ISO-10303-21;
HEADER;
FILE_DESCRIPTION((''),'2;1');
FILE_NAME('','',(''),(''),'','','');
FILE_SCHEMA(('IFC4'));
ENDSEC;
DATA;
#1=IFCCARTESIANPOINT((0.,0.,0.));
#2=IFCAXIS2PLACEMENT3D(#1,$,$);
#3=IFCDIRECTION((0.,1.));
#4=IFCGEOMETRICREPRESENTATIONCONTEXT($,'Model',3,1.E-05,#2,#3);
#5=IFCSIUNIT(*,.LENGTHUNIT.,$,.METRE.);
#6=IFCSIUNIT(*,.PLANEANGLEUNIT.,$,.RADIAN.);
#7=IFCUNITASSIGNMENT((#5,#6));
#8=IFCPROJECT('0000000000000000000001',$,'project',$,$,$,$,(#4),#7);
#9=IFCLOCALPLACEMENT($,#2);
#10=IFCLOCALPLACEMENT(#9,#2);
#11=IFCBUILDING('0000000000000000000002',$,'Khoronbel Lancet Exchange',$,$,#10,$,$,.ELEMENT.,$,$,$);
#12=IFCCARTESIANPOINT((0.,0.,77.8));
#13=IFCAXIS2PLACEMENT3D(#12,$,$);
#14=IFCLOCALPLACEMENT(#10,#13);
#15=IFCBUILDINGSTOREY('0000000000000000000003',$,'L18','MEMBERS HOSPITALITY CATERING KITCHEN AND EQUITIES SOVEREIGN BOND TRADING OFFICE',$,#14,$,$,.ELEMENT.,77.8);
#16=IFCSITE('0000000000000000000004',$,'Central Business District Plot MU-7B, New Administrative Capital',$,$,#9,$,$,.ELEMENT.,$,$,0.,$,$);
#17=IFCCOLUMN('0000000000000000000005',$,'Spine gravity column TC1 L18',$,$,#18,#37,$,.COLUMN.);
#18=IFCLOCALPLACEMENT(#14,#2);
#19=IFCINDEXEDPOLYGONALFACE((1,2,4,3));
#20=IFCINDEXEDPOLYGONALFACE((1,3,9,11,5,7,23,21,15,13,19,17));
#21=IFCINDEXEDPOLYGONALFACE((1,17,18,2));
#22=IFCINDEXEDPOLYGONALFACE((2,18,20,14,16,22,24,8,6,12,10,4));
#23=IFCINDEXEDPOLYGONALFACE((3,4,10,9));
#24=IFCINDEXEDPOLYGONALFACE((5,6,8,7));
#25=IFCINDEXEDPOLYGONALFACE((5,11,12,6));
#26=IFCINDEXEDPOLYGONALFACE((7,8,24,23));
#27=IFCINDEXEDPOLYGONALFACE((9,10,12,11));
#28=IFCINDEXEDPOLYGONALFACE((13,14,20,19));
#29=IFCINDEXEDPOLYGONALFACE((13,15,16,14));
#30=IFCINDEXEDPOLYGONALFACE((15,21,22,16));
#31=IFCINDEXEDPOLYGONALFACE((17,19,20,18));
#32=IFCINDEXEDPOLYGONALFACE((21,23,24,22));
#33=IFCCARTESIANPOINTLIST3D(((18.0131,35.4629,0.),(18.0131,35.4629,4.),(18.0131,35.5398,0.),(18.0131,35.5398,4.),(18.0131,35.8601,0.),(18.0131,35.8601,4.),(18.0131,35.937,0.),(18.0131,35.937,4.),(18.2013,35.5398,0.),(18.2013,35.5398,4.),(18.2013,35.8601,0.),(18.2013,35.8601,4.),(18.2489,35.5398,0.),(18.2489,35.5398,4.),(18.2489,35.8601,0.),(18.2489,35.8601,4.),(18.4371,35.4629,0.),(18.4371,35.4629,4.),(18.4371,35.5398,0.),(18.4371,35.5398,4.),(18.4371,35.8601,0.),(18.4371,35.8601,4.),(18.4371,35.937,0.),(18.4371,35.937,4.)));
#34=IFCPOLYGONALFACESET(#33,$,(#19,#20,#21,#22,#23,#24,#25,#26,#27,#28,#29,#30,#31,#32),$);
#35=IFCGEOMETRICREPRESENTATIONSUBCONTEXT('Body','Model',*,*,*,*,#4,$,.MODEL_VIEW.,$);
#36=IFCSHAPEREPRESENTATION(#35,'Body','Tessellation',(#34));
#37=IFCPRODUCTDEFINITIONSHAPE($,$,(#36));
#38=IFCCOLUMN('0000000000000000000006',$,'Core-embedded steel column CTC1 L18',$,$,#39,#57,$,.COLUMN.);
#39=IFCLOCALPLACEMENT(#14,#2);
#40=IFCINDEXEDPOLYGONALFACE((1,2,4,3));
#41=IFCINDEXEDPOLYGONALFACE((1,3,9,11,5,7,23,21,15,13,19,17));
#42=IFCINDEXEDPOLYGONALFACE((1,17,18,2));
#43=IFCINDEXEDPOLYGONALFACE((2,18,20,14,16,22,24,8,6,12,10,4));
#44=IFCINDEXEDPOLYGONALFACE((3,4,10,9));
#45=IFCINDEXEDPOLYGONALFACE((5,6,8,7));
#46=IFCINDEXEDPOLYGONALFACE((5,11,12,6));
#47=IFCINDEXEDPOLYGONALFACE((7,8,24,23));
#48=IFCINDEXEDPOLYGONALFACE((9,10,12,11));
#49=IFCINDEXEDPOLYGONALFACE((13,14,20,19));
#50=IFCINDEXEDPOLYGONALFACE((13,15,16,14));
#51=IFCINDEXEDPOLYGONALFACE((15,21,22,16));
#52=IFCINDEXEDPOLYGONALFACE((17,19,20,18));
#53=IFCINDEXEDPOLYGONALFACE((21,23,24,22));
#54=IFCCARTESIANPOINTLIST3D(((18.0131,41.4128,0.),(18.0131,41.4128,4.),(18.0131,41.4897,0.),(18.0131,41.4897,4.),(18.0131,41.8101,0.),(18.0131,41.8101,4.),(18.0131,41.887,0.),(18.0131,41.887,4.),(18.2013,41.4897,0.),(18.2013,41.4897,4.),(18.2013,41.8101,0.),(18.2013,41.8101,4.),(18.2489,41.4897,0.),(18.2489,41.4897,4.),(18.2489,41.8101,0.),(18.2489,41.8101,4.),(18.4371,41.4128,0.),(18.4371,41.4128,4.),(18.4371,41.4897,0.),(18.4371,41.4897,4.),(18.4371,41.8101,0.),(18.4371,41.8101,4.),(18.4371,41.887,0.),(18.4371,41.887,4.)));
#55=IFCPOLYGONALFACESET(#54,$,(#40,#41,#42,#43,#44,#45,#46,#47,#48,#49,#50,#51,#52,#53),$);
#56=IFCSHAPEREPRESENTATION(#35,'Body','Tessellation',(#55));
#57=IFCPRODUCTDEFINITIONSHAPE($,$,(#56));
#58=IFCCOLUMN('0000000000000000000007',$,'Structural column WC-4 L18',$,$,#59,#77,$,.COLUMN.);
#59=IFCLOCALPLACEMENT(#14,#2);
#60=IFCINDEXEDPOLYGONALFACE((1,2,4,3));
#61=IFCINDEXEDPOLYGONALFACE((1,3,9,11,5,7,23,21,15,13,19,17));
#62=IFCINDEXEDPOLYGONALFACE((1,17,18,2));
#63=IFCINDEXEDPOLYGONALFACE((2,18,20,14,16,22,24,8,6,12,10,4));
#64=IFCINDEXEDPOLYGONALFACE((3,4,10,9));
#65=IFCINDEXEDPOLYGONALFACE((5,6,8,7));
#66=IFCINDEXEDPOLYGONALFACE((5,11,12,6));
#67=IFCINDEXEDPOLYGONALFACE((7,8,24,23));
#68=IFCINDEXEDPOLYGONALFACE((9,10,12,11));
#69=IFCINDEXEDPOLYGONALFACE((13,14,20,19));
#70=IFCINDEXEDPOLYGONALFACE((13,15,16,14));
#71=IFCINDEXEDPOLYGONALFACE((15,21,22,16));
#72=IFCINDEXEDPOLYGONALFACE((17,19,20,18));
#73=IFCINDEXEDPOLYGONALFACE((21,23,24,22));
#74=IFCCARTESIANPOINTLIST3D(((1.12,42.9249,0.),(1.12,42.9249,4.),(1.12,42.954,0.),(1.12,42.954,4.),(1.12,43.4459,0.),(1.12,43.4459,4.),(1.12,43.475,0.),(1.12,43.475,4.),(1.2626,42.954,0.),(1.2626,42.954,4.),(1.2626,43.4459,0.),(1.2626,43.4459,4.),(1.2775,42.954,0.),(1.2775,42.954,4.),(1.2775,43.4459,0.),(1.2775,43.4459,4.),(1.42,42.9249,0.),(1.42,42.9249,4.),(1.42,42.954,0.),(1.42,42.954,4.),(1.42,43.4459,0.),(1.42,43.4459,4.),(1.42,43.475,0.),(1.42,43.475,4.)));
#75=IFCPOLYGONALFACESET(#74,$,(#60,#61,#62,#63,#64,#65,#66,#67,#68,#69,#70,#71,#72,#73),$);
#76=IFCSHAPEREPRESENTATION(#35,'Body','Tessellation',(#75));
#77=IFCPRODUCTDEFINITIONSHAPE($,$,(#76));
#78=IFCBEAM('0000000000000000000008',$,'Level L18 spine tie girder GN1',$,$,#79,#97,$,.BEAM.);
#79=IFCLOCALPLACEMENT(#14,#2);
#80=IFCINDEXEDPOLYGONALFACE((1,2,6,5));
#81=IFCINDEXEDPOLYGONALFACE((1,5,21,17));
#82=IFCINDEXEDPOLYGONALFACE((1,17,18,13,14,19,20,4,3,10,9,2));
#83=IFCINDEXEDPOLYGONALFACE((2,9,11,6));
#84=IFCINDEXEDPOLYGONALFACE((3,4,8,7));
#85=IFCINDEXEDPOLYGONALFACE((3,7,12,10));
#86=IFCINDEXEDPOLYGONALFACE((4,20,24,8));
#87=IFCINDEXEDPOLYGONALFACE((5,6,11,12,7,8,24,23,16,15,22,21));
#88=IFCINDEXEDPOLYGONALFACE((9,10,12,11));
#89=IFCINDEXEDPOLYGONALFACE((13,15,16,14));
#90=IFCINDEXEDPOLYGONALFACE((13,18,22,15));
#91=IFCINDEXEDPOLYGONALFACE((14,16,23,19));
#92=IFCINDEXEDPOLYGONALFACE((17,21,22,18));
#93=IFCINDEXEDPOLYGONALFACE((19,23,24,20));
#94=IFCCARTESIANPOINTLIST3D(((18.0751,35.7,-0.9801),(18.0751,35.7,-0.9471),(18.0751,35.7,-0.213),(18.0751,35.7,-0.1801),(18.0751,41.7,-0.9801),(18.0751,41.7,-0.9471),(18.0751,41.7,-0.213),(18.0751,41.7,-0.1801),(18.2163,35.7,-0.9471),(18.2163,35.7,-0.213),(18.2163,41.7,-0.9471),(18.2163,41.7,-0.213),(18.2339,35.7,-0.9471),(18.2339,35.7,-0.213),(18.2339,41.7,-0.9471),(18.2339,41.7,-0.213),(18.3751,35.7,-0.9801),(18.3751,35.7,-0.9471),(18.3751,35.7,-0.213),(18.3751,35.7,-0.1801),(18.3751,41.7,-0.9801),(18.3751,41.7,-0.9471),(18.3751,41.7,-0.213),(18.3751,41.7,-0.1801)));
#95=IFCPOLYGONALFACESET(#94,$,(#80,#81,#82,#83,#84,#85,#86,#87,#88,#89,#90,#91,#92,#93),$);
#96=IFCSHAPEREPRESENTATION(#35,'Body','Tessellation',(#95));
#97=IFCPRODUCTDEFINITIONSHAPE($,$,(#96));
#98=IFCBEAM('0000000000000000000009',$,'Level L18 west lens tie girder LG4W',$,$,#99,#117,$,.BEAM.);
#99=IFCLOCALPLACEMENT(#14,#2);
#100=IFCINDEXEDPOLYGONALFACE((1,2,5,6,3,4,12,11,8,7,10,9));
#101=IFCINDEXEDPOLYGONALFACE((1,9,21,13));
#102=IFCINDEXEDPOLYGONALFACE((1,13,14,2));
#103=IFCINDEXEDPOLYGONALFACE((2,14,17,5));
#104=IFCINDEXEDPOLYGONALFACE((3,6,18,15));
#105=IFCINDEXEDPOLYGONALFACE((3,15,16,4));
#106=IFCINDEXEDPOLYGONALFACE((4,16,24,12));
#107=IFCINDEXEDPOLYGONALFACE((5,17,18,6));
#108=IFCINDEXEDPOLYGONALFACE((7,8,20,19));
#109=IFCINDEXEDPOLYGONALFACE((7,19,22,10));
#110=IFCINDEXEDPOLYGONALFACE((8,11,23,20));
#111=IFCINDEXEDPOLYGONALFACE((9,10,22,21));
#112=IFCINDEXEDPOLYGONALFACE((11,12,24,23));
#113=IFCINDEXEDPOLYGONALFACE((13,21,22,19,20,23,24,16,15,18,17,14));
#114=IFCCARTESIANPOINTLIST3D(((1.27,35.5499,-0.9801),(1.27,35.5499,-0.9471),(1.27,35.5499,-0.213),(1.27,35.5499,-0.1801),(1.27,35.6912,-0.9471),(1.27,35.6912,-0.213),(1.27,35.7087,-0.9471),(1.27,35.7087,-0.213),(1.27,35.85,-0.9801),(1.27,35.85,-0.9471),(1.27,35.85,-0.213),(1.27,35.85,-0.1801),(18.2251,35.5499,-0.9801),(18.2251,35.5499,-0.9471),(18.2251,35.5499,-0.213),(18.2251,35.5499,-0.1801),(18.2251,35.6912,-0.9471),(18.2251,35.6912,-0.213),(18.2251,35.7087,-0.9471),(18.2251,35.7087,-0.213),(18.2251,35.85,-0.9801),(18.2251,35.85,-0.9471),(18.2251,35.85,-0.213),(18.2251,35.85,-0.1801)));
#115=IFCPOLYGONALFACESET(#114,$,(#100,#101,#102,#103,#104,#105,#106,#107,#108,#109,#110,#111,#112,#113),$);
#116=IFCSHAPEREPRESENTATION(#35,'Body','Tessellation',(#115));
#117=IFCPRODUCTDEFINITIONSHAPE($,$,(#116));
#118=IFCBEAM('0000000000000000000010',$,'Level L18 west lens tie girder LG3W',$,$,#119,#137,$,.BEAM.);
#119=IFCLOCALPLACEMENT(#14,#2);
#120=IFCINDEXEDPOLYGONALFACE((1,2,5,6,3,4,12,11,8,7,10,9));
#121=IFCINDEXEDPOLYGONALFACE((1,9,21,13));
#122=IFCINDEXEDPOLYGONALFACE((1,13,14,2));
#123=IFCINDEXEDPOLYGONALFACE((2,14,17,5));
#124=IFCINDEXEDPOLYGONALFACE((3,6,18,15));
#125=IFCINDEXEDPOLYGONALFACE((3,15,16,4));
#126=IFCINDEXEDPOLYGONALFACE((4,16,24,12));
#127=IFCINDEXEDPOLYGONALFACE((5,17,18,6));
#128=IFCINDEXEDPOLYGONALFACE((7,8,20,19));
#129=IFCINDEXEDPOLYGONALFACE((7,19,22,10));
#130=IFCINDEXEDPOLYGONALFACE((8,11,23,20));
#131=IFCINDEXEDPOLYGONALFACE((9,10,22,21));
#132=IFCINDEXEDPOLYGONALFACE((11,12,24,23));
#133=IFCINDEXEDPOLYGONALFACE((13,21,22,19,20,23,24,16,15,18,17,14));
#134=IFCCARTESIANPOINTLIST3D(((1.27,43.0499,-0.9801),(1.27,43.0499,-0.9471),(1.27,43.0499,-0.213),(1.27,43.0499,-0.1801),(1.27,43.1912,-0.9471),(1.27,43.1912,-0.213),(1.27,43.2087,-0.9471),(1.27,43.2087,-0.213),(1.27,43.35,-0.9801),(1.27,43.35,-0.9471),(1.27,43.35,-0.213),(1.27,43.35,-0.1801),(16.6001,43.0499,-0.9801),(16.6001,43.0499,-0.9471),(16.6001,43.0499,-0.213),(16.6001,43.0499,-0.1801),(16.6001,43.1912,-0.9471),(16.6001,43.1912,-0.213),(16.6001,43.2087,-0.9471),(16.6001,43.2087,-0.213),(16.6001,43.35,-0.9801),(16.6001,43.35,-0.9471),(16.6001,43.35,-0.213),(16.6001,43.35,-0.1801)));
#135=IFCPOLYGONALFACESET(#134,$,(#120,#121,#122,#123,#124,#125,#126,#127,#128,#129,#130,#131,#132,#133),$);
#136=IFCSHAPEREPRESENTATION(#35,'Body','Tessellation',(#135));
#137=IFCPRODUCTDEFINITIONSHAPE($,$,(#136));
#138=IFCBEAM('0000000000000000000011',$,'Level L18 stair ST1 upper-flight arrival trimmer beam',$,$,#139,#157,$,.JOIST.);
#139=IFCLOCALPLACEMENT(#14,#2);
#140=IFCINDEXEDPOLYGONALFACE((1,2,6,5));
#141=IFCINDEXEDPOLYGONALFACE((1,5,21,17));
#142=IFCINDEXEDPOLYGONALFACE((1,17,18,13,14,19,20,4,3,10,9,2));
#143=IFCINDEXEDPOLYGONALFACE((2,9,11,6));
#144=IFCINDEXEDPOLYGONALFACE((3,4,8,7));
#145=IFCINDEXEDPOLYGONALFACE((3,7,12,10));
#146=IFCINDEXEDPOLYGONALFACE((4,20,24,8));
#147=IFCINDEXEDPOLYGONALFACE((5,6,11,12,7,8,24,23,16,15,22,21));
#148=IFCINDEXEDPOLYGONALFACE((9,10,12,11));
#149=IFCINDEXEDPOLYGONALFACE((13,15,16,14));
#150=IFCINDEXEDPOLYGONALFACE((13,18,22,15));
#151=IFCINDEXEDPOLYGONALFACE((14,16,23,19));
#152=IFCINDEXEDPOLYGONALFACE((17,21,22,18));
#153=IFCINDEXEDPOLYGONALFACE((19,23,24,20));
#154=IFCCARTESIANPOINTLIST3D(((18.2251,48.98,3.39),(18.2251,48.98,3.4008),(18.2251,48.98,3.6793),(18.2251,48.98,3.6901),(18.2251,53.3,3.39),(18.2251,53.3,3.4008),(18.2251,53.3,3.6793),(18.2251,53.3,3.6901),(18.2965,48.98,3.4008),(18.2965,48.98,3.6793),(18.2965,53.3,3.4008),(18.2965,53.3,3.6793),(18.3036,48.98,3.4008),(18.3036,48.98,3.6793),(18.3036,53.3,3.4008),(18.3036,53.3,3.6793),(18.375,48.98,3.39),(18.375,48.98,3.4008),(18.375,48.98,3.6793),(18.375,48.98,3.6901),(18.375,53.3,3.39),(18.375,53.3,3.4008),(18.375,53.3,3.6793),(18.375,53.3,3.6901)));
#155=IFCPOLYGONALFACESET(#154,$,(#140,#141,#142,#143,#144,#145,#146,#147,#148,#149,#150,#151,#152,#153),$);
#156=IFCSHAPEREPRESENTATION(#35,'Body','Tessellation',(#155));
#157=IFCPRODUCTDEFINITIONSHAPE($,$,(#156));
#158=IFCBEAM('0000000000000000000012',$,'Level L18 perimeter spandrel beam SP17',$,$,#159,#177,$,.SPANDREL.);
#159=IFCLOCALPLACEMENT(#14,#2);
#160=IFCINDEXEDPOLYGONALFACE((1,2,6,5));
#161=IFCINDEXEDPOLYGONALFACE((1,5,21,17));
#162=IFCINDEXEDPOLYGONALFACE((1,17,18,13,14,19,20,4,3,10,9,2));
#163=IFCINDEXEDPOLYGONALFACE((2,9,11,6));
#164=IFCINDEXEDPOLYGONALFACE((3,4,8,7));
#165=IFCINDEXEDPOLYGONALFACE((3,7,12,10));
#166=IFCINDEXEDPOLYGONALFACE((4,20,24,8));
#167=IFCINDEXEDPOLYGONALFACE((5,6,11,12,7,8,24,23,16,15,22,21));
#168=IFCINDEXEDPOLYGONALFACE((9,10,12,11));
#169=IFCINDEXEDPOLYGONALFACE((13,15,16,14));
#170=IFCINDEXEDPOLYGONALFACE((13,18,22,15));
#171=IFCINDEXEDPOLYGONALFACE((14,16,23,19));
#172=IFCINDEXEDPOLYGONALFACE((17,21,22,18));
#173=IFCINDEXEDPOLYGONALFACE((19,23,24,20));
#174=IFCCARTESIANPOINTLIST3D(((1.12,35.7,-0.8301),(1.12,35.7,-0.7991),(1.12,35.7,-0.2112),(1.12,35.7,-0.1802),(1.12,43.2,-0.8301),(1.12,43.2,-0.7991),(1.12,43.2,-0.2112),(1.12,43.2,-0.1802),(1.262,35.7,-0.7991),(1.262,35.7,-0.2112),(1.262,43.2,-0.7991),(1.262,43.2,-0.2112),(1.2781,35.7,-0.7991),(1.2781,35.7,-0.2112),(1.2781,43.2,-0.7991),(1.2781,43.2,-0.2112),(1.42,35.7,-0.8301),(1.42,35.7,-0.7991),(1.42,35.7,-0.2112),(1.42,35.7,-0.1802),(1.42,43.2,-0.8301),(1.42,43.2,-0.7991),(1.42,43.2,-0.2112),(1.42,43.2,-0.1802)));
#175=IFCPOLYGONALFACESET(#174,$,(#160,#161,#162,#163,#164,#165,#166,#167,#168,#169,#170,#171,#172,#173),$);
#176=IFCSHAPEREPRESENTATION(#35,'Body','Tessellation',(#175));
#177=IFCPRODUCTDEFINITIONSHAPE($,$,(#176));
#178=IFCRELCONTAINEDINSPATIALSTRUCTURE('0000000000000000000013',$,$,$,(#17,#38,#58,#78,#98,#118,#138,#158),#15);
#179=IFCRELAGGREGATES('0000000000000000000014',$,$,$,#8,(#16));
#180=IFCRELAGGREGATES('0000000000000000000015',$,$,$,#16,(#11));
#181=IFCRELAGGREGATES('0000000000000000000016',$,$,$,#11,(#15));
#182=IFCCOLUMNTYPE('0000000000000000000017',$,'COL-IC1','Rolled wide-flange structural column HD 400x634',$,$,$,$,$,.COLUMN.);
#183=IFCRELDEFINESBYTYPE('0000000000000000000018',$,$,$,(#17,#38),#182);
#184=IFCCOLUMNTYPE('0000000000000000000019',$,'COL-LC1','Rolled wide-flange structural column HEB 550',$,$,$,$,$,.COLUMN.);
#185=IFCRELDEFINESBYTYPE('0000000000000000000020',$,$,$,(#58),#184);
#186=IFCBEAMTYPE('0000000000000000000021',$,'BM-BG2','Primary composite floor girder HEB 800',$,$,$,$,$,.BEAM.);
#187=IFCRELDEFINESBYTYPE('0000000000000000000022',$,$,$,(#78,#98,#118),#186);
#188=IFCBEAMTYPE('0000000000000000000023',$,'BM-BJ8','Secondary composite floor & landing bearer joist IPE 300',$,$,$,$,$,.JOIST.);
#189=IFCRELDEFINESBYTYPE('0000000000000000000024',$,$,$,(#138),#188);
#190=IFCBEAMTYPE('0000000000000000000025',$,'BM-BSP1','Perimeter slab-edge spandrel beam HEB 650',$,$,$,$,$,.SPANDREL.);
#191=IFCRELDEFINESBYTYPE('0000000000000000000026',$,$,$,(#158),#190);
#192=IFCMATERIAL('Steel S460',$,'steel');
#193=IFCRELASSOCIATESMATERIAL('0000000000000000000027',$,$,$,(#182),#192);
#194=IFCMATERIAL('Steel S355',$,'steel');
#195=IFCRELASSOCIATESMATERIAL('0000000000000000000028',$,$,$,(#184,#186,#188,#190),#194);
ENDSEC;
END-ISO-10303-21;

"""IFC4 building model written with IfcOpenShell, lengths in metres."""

from ifc_helpers import new_model, si_unit, direction, frame, origin, origin_2d, place, context, subcontext, project, spatial, i_section, extrude, material, material_profile, profile_set, type_object, element, save


model = new_model("IFC4")

# Units and contexts
model_context = context("Model", 3, precision=1e-05, world=origin(), true_north=direction((0.0, 1.0)))
body_context = subcontext(model_context, "Body", "Model", "MODEL_VIEW")
ifc_project = project(units=[si_unit("LENGTHUNIT", "METRE"), si_unit("PLANEANGLEUNIT", "RADIAN")], contexts=[model_context])

# Site, building, storey
site_placement = place(None, origin())
site = spatial("IfcSite", under=ifc_project, at=site_placement, Name="Central Business District Plot MU-7B, New Administrative Capital", CompositionType="ELEMENT", RefElevation=0.0)
building_placement = place(site_placement, origin())
building = spatial("IfcBuilding", under=site, at=building_placement, Name="Khoronbel Lancet Exchange", CompositionType="ELEMENT")
storey_placement = place(building_placement, frame((0.0, 0.0, 77.8)))
storey = spatial("IfcBuildingStorey", under=building, at=storey_placement, Name="L18", Description="MEMBERS HOSPITALITY CATERING KITCHEN AND EQUITIES SOVEREIGN BOND TRADING OFFICE", CompositionType="ELEMENT", Elevation=77.8)

# Columns
ifc_material_1 = material(Name="Steel S460", Category="steel")
ifc_material_profile_1 = material_profile(ifc_material_1, i_section(OverallWidth=0.4241, OverallDepth=0.4741, WebThickness=0.0476, FlangeThickness=0.0769, at=origin_2d()), Name="HD 400x634")
ifc_profile_set_1 = profile_set([ifc_material_profile_1], Name="Steel S460")
column_type_1 = type_object("IfcColumnType", Name="COL-IC1", Description="Rolled wide-flange structural column HD 400x634", PredefinedType="COLUMN", material=ifc_profile_set_1)
for number, where, z_axis, x_axis, name in (
    (1, (18.2251, 35.7, 0.0), (0.0, 0.0, 1.0), (1.0, 0.0, 0.0), "Spine gravity column TC1 L18"),
    (2, (18.2251, 41.6499, 0.0), (0.0, 0.0, 1.0), (1.0, 0.0, 0.0), "Core-embedded steel column CTC1 L18"),
):
    element("IfcColumn", number, at=place(storey_placement, frame(where, z_axis=z_axis, x_axis=x_axis)), inside=storey, type_object=column_type_1, Name=name, PredefinedType="COLUMN", context=body_context, shape_type="SweptSolid", body=[
        extrude(i_section(OverallWidth=0.4241, OverallDepth=0.4741, WebThickness=0.0476, FlangeThickness=0.0769, at=origin_2d()), origin(), (0.0, 0.0, 1.0), 4.0),
    ])
ifc_material_2 = material(Name="Steel S355", Category="steel")
ifc_material_profile_2 = material_profile(ifc_material_2, i_section(OverallWidth=0.3, OverallDepth=0.55, WebThickness=0.0149, FlangeThickness=0.0291, at=origin_2d()), Name="HEB 550")
ifc_profile_set_2 = profile_set([ifc_material_profile_2], Name="Steel S355")
column_type_2 = type_object("IfcColumnType", Name="COL-LC1", Description="Rolled wide-flange structural column HEB 550", PredefinedType="COLUMN", material=ifc_profile_set_2)
column_placement = place(storey_placement, frame((1.27, 43.2, 0.0), z_axis=(0.0, 0.0, 1.0), x_axis=(1.0, 0.0, 0.0)))
element("IfcColumn", 3, at=column_placement, inside=storey, type_object=column_type_2, Name="Structural column WC-4 L18", PredefinedType="COLUMN", context=body_context, shape_type="SweptSolid", body=[
    extrude(i_section(OverallWidth=0.3, OverallDepth=0.55, WebThickness=0.0149, FlangeThickness=0.0291, at=origin_2d()), origin(), (0.0, 0.0, 1.0), 4.0),
])

# Beams
ifc_material_profile_3 = material_profile(ifc_material_2, i_section(OverallWidth=0.3, OverallDepth=0.8, WebThickness=0.0176, FlangeThickness=0.033, at=origin_2d()), Name="HEB 800")
ifc_profile_set_3 = profile_set([ifc_material_profile_3], Name="Steel S355")
beam_type_1 = type_object("IfcBeamType", Name="BM-BG2", Description="Primary composite floor girder HEB 800", PredefinedType="BEAM", material=ifc_profile_set_3)
beam_1_placement = place(storey_placement, frame((18.2251, 35.7, -0.5801), z_axis=(0.0, 1.0, 0.0), x_axis=(-1.0, 0.0, 0.0)))
element("IfcBeam", 4, at=beam_1_placement, inside=storey, type_object=beam_type_1, Name="Level L18 spine tie girder GN1", PredefinedType="BEAM", context=body_context, shape_type="SweptSolid", body=[
    extrude(i_section(OverallWidth=0.3, OverallDepth=0.8, WebThickness=0.0176, FlangeThickness=0.033, at=origin_2d()), origin(), (0.0, 0.0, 1.0), 6.0),
])
beam_2_placement = place(storey_placement, frame((1.27, 35.7, -0.5801), z_axis=(1.0, 0.0, 0.0), x_axis=(0.0, 1.0, 0.0)))
element("IfcBeam", 5, at=beam_2_placement, inside=storey, type_object=beam_type_1, Name="Level L18 west lens tie girder LG4W", PredefinedType="BEAM", context=body_context, shape_type="SweptSolid", body=[
    extrude(i_section(OverallWidth=0.3, OverallDepth=0.8, WebThickness=0.0176, FlangeThickness=0.033, at=origin_2d()), origin(), (0.0, 0.0, 1.0), 16.9551),
])
beam_3_placement = place(storey_placement, frame((1.27, 43.2, -0.5801), z_axis=(1.0, 0.0, 0.0), x_axis=(0.0, 1.0, 0.0)))
element("IfcBeam", 6, at=beam_3_placement, inside=storey, type_object=beam_type_1, Name="Level L18 west lens tie girder LG3W", PredefinedType="BEAM", context=body_context, shape_type="SweptSolid", body=[
    extrude(i_section(OverallWidth=0.3, OverallDepth=0.8, WebThickness=0.0176, FlangeThickness=0.033, at=origin_2d()), origin(), (0.0, 0.0, 1.0), 15.3301),
])
ifc_material_profile_4 = material_profile(ifc_material_2, i_section(OverallWidth=0.1499, OverallDepth=0.3, WebThickness=0.0071, FlangeThickness=0.0107, at=origin_2d()), Name="IPE 300")
ifc_profile_set_4 = profile_set([ifc_material_profile_4], Name="Steel S355")
beam_type_2 = type_object("IfcBeamType", Name="BM-BJ8", Description="Secondary composite floor & landing bearer joist IPE 300", PredefinedType="JOIST", material=ifc_profile_set_4)
beam_4_placement = place(storey_placement, frame((18.3, 48.98, 3.54), z_axis=(0.0, 1.0, 0.0), x_axis=(-1.0, 0.0, 0.0)))
element("IfcBeam", 7, at=beam_4_placement, inside=storey, type_object=beam_type_2, Name="Level L18 stair ST1 upper-flight arrival trimmer beam", PredefinedType="JOIST", context=body_context, shape_type="SweptSolid", body=[
    extrude(i_section(OverallWidth=0.1499, OverallDepth=0.3, WebThickness=0.0071, FlangeThickness=0.0107, at=origin_2d()), origin(), (0.0, 0.0, 1.0), 4.3201),
])
ifc_material_profile_5 = material_profile(ifc_material_2, i_section(OverallWidth=0.3, OverallDepth=0.6499, WebThickness=0.0161, FlangeThickness=0.031, at=origin_2d()), Name="HEB 650")
ifc_profile_set_5 = profile_set([ifc_material_profile_5], Name="Steel S355")
beam_type_3 = type_object("IfcBeamType", Name="BM-BSP1", Description="Perimeter slab-edge spandrel beam HEB 650", PredefinedType="SPANDREL", material=ifc_profile_set_5)
beam_5_placement = place(storey_placement, frame((1.27, 43.2, -0.5051), z_axis=(0.0, -1.0, 0.0), x_axis=(1.0, 0.0, 0.0)))
element("IfcBeam", 8, at=beam_5_placement, inside=storey, type_object=beam_type_3, Name="Level L18 perimeter spandrel beam SP17", PredefinedType="SPANDREL", context=body_context, shape_type="SweptSolid", body=[
    extrude(i_section(OverallWidth=0.3, OverallDepth=0.6499, WebThickness=0.0161, FlangeThickness=0.031, at=origin_2d()), origin(), (0.0, 0.0, 1.0), 7.5),
])

save(model, "model.ifc")
